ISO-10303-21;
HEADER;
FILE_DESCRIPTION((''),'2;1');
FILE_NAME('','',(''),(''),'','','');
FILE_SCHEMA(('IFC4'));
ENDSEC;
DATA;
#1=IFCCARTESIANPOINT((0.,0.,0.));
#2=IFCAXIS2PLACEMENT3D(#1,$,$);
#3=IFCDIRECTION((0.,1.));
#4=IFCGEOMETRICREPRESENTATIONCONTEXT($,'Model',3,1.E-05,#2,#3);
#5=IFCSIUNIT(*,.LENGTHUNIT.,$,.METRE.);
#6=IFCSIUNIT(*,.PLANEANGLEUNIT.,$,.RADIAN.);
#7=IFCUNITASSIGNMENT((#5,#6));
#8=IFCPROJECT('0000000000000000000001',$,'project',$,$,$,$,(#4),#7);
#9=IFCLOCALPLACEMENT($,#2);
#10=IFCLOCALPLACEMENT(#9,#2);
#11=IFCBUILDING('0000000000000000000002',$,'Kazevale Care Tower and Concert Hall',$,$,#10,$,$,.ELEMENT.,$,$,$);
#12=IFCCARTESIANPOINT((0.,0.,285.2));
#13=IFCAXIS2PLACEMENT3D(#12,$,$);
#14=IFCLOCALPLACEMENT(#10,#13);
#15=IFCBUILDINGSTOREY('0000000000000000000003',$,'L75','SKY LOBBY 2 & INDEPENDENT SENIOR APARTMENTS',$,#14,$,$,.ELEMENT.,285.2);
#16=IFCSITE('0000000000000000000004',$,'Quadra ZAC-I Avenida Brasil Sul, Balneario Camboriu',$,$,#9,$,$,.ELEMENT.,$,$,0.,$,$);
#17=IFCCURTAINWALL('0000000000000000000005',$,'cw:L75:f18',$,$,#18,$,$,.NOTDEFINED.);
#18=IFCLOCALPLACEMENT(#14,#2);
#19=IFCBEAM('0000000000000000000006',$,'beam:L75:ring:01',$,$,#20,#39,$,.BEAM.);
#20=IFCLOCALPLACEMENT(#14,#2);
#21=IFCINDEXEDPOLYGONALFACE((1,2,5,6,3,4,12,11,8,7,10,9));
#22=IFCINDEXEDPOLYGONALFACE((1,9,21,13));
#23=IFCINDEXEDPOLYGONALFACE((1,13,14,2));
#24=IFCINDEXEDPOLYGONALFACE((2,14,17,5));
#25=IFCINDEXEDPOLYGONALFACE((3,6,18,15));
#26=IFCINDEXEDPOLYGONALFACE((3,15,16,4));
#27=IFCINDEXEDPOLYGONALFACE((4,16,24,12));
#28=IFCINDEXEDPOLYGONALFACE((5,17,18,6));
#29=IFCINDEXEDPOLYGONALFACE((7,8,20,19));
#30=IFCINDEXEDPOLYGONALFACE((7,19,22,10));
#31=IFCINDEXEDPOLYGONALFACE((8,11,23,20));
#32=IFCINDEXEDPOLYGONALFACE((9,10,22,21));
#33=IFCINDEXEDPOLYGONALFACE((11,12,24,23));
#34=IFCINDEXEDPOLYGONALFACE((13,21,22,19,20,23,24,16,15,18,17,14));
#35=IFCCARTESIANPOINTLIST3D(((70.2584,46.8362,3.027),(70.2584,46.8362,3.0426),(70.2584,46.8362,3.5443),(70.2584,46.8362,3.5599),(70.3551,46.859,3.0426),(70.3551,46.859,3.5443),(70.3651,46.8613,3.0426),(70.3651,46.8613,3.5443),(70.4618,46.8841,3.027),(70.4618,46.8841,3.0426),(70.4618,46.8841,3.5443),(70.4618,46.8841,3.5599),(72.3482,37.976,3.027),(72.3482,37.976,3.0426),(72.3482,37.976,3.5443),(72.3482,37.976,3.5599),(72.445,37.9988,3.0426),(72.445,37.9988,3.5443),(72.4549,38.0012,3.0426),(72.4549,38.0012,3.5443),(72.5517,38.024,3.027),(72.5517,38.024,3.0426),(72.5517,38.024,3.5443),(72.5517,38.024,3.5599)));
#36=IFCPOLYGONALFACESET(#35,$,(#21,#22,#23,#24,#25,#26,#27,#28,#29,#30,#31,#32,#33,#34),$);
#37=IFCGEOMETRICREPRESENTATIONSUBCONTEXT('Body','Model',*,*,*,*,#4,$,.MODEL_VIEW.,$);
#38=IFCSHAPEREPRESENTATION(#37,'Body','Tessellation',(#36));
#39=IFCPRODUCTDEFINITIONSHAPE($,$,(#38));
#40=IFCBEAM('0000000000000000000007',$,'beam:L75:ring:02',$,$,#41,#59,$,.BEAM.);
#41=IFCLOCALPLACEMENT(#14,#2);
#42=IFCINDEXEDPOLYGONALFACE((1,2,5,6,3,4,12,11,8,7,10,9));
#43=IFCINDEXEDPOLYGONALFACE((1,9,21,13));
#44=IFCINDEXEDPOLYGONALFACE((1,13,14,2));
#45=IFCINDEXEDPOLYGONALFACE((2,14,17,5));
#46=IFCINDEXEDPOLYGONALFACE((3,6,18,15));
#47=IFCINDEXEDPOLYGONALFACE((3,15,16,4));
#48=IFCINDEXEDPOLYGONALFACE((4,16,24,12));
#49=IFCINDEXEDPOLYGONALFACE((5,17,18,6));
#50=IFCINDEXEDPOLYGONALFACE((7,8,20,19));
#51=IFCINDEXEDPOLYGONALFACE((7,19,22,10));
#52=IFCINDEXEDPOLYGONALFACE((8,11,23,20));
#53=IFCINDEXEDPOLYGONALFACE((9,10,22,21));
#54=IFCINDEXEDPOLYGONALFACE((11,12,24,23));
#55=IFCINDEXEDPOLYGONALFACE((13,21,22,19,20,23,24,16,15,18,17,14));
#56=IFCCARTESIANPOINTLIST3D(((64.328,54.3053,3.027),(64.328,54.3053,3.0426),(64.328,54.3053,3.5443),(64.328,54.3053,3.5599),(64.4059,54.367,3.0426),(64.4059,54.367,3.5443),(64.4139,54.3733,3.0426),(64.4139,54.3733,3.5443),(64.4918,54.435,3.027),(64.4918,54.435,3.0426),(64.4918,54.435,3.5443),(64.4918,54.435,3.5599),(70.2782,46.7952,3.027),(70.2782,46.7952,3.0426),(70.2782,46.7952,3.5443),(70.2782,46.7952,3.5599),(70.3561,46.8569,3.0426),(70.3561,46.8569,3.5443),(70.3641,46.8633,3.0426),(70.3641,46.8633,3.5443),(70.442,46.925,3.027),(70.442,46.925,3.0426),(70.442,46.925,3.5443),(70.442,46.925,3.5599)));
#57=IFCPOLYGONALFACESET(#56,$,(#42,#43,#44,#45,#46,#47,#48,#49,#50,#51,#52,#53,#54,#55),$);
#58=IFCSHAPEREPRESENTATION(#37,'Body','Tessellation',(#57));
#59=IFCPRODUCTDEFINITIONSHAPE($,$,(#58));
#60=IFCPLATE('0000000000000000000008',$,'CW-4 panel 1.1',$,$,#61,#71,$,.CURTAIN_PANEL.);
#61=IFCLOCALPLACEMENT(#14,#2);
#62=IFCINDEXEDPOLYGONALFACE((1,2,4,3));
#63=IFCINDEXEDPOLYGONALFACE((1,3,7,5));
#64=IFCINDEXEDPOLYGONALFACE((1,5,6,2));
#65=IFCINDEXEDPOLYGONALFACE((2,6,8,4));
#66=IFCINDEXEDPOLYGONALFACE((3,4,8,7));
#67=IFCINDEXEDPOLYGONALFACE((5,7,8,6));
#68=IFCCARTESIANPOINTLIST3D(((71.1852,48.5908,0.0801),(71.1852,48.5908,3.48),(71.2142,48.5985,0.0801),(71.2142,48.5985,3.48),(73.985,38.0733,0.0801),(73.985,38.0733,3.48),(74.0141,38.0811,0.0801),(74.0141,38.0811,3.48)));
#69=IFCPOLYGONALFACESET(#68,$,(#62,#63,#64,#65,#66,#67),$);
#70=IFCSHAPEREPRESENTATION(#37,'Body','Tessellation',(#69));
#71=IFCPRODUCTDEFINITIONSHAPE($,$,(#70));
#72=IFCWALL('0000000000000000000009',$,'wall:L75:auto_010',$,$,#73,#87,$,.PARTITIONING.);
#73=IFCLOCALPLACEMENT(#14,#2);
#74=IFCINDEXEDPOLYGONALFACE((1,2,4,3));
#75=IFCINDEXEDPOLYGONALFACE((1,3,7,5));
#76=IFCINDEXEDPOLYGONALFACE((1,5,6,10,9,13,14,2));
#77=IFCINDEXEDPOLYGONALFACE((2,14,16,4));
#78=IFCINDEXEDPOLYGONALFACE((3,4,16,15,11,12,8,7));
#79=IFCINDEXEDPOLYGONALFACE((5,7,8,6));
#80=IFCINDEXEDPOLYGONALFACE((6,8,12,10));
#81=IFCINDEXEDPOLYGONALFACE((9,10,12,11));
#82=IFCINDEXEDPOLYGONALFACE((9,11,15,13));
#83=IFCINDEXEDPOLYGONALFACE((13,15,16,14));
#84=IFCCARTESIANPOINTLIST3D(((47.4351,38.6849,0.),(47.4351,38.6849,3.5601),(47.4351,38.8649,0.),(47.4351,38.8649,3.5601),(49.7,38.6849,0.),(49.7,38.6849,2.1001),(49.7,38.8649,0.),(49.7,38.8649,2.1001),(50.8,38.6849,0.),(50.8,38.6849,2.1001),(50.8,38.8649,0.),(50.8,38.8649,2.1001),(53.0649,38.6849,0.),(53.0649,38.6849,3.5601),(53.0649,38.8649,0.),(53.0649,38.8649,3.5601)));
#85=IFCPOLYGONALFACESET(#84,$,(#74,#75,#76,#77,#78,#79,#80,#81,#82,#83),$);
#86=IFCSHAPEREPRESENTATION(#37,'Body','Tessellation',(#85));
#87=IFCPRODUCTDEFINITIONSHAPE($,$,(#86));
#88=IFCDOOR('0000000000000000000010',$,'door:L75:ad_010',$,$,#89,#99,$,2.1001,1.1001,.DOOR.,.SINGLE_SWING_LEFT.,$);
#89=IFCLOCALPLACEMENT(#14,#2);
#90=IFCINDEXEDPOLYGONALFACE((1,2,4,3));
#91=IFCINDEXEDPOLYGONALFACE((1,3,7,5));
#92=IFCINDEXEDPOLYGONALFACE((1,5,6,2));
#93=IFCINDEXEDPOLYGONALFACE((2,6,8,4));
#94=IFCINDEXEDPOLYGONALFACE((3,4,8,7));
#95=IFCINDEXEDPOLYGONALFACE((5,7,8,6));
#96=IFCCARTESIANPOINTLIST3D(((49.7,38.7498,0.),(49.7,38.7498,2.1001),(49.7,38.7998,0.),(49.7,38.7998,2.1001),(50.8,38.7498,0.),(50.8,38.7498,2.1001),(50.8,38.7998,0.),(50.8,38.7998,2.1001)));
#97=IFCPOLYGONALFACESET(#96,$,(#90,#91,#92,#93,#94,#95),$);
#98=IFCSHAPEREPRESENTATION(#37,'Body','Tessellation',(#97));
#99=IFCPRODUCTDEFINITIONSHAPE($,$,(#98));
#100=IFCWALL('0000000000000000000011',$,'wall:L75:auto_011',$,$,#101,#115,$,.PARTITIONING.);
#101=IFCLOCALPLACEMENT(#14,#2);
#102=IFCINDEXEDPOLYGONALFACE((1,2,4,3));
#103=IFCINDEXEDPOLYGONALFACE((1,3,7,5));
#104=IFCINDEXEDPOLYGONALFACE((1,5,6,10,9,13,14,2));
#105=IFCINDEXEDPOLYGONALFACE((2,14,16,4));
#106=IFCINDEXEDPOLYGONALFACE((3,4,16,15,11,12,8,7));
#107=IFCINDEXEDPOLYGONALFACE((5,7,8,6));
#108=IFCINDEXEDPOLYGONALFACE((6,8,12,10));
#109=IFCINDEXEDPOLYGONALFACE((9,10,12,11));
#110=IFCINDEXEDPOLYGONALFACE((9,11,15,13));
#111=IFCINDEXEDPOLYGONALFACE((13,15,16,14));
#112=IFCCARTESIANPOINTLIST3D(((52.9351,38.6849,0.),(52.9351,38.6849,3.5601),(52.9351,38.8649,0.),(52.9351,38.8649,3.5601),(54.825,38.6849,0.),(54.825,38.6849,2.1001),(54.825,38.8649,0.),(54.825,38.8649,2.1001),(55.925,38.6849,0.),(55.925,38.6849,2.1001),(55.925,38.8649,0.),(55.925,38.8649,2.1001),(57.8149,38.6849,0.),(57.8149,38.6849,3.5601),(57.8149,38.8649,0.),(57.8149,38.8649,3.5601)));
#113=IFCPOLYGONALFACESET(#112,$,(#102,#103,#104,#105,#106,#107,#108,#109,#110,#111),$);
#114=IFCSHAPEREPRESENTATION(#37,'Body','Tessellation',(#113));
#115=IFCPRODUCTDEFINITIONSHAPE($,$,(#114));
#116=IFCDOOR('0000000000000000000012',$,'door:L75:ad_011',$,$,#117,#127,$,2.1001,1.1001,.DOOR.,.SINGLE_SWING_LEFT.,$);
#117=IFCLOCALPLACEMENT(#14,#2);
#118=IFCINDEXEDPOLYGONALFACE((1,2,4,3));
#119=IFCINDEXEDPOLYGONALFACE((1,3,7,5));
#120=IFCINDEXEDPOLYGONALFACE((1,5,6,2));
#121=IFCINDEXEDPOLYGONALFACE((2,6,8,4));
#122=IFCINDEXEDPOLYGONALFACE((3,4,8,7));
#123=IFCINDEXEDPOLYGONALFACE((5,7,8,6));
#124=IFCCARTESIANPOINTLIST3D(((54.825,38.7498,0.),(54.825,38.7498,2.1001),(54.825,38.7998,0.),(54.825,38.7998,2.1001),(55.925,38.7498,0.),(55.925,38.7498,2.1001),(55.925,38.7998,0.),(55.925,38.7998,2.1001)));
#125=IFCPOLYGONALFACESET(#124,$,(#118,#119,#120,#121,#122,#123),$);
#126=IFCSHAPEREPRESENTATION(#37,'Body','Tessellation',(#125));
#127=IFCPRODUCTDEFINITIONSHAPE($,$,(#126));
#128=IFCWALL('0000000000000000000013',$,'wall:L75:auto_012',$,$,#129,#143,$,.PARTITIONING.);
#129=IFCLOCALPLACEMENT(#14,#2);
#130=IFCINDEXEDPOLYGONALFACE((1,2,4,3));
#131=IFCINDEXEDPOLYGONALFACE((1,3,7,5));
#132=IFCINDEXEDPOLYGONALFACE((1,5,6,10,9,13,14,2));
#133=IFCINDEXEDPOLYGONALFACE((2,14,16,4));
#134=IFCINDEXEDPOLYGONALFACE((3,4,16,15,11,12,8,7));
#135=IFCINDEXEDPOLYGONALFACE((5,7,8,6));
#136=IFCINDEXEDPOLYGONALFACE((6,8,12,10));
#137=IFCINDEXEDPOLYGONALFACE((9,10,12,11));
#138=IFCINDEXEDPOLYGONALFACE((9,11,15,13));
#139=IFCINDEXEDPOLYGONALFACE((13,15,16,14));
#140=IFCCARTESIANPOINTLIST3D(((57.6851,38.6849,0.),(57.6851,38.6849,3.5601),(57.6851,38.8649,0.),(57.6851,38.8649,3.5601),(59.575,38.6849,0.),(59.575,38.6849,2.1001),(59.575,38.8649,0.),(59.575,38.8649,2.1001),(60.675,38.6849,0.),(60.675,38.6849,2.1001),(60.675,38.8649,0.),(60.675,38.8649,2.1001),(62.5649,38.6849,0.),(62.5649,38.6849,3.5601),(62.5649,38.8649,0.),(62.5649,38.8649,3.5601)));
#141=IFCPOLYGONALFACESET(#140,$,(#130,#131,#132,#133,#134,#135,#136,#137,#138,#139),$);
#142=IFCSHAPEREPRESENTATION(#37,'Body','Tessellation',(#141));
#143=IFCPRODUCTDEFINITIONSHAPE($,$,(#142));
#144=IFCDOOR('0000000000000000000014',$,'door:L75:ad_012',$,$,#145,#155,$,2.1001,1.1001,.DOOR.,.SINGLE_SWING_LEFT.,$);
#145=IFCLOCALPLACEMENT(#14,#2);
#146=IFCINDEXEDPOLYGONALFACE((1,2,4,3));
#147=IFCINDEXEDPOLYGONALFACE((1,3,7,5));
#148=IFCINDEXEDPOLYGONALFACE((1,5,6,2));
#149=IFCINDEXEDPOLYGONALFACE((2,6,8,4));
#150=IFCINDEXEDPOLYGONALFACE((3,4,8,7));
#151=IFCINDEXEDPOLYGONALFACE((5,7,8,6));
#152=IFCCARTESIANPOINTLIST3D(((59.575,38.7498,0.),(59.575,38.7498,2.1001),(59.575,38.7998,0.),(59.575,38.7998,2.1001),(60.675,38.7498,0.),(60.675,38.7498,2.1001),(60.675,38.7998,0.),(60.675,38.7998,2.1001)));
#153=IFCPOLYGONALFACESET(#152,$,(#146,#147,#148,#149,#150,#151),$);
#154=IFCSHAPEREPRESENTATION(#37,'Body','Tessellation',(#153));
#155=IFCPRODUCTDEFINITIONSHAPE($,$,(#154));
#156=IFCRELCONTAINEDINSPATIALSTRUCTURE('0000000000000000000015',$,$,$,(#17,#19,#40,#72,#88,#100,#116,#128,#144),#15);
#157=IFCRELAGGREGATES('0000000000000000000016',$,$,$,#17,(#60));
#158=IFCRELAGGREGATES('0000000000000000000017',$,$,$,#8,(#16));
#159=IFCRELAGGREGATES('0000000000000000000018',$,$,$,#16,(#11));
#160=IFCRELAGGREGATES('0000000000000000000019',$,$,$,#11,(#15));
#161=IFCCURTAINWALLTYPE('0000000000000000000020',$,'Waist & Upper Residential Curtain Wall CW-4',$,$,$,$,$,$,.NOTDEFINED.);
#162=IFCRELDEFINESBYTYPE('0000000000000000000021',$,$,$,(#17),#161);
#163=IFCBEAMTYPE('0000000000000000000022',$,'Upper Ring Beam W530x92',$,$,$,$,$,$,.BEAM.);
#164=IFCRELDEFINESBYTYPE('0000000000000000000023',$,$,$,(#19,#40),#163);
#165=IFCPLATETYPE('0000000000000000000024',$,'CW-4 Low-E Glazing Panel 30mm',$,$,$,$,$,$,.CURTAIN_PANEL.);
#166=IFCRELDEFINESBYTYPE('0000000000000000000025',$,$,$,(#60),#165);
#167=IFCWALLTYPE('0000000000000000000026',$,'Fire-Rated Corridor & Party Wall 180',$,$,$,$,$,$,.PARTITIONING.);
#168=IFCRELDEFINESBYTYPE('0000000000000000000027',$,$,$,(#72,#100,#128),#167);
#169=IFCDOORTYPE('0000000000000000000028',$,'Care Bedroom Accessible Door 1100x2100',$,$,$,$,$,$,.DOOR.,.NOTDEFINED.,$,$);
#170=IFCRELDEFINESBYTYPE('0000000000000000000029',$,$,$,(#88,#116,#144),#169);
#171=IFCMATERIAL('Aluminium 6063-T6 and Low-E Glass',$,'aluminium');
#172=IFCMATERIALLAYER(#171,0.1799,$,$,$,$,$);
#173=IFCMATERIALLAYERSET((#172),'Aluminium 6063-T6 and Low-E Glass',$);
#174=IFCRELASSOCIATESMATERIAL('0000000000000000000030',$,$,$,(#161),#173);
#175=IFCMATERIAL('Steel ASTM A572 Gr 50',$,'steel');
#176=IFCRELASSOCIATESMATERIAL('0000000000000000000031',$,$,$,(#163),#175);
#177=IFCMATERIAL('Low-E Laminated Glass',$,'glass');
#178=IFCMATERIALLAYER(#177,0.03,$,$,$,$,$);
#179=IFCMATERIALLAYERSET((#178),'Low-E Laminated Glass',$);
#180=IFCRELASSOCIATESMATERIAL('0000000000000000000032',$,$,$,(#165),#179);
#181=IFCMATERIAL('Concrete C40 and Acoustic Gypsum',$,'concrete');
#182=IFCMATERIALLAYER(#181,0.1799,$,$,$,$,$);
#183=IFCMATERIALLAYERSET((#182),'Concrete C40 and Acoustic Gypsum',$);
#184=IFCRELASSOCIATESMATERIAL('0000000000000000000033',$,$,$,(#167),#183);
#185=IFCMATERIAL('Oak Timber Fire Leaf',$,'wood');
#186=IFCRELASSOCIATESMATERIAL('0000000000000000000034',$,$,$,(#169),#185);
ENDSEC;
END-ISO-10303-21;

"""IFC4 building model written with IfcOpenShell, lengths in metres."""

from ifc_helpers import new_model, si_unit, direction, frame, frame_2d, origin, origin_2d, place, context, subcontext, project, spatial, rectangle, i_section, extrude, material, layer, layer_set, material_profile, profile_set, type_object, element, fill, aggregate, save


model = new_model("IFC4")

# Units and contexts
model_context = context("Model", 3, precision=1e-05, world=origin(), true_north=direction((0.0, 1.0)))
body_context = subcontext(model_context, "Body", "Model", "MODEL_VIEW")
ifc_project = project(units=[si_unit("LENGTHUNIT", "METRE"), si_unit("PLANEANGLEUNIT", "RADIAN")], contexts=[model_context])

# Site, building, storey
site_placement = place(None, origin())
site = spatial("IfcSite", under=ifc_project, at=site_placement, Name="Quadra ZAC-I Avenida Brasil Sul, Balneario Camboriu", CompositionType="ELEMENT", RefElevation=0.0)
building_placement = place(site_placement, origin())
building = spatial("IfcBuilding", under=site, at=building_placement, Name="Kazevale Care Tower and Concert Hall", CompositionType="ELEMENT")
storey_placement = place(building_placement, frame((0.0, 0.0, 285.2)))
storey = spatial("IfcBuildingStorey", under=building, at=storey_placement, Name="L75", Description="SKY LOBBY 2 & INDEPENDENT SENIOR APARTMENTS", CompositionType="ELEMENT", Elevation=285.2)

# Curtain wall
ifc_material_1 = material(Name="Aluminium 6063-T6 and Low-E Glass", Category="aluminium")
ifc_layer_1 = layer(ifc_material_1, 0.1799)
ifc_layer_set_1 = layer_set([ifc_layer_1], Name="Aluminium 6063-T6 and Low-E Glass")
curtain_wall_type = type_object("IfcCurtainWallType", Name="Waist & Upper Residential Curtain Wall CW-4", PredefinedType="NOTDEFINED", material=ifc_layer_set_1)
curtain_wall_placement = place(storey_placement, origin())
curtain_wall = element("IfcCurtainWall", 1, at=curtain_wall_placement, inside=storey, type_object=curtain_wall_type, Name="cw:L75:f18", PredefinedType="NOTDEFINED")

# Beams
ifc_material_2 = material(Name="Steel ASTM A572 Gr 50", Category="steel")
ifc_material_profile_1 = material_profile(ifc_material_2, i_section(OverallWidth=0.209, OverallDepth=0.533, WebThickness=0.0103, FlangeThickness=0.0156, at=origin_2d()), Name="W530x92")
ifc_profile_set_1 = profile_set([ifc_material_profile_1], Name="Steel ASTM A572 Gr 50")
beam_type_1 = type_object("IfcBeamType", Name="Upper Ring Beam W530x92", PredefinedType="BEAM", material=ifc_profile_set_1)
beam_1_placement = place(storey_placement, frame((72.45, 38.0, 3.2935), z_axis=(-0.229571, 0.973292, 0.0), x_axis=(-0.973292, -0.229571, 0.0)))
element("IfcBeam", 2, at=beam_1_placement, inside=storey, type_object=beam_type_1, Name="beam:L75:ring:01", PredefinedType="BEAM", context=body_context, shape_type="SweptSolid", body=[
    extrude(i_section(OverallWidth=0.209, OverallDepth=0.533, WebThickness=0.0103, FlangeThickness=0.0156, at=origin_2d()), origin(), (0.0, 0.0, 1.0), 9.1033),
])
beam_2_placement = place(storey_placement, frame((70.3601, 46.8601, 3.2935), z_axis=(-0.621009, 0.783803, 0.0), x_axis=(-0.783803, -0.621009, 0.0)))
element("IfcBeam", 3, at=beam_2_placement, inside=storey, type_object=beam_type_1, Name="beam:L75:ring:02", PredefinedType="BEAM", context=body_context, shape_type="SweptSolid", body=[
    extrude(i_section(OverallWidth=0.209, OverallDepth=0.533, WebThickness=0.0103, FlangeThickness=0.0156, at=origin_2d()), origin(), (0.0, 0.0, 1.0), 9.5815),
])

# Plate
ifc_material_3 = material(Name="Low-E Laminated Glass", Category="glass")
ifc_layer_2 = layer(ifc_material_3, 0.03)
ifc_layer_set_2 = layer_set([ifc_layer_2], Name="Low-E Laminated Glass")
plate_type = type_object("IfcPlateType", Name="CW-4 Low-E Glazing Panel 30mm", PredefinedType="CURTAIN_PANEL", material=ifc_layer_set_2)
plate_placement = place(storey_placement, frame((72.5996, 43.3359, 0.0801), z_axis=(0.0, 0.0, 1.0), x_axis=(0.257251, -0.966345, 0.0)))
plate = element("IfcPlate", 4, at=plate_placement, type_object=plate_type, Name="CW-4 panel 1.1", PredefinedType="CURTAIN_PANEL", context=body_context, shape_type="SweptSolid", body=[
    extrude(rectangle(XDim=10.8838, YDim=0.03, at=origin_2d()), origin(), (0.0, 0.0, 1.0), 3.3999),
])
aggregate(curtain_wall, [plate])

# Walls, openings, doors
ifc_material_4 = material(Name="Concrete C40 and Acoustic Gypsum", Category="concrete")
ifc_layer_3 = layer(ifc_material_4, 0.1799)
ifc_layer_set_3 = layer_set([ifc_layer_3], Name="Concrete C40 and Acoustic Gypsum")
wall_type_1 = type_object("IfcWallType", Name="Fire-Rated Corridor & Party Wall 180", PredefinedType="PARTITIONING", material=ifc_layer_set_3)
wall_1_placement = place(storey_placement, frame((47.4351, 38.7749, 0.0), z_axis=(0.0, 0.0, 1.0), x_axis=(1.0, 0.0, 0.0)))
wall_1 = element("IfcWall", 5, at=wall_1_placement, inside=storey, type_object=wall_type_1, Name="wall:L75:auto_010", PredefinedType="PARTITIONING", context=body_context, shape_type="SweptSolid", body=[
    extrude(rectangle(XDim=5.6299, YDim=0.1799, at=frame_2d((2.8149, 0.0))), origin(), (0.0, 0.0, 1.0), 3.5601),
])
opening_1_placement = place(wall_1_placement, frame((2.2649, 0.0, 0.0)))
opening_1 = element("IfcOpeningElement", 6, at=opening_1_placement, cuts=wall_1, PredefinedType="OPENING", context=body_context, shape_type="SweptSolid", body=[
    extrude(rectangle(XDim=1.1001, YDim=2.1001, at=frame_2d((0.55, 1.05))), frame((0.0, 0.0999, 0.0), z_axis=(0.0, -1.0, 0.0), x_axis=(1.0, 0.0, 0.0)), (0.0, 0.0, 1.0), 0.2),
])
ifc_material_5 = material(Name="Oak Timber Fire Leaf", Category="wood")
door_type = type_object("IfcDoorType", Name="Care Bedroom Accessible Door 1100x2100", OperationType="NOTDEFINED", PredefinedType="DOOR", material=ifc_material_5)
door_1_placement = place(opening_1_placement, origin())
door_1 = element("IfcDoor", 7, at=door_1_placement, inside=storey, type_object=door_type, Name="door:L75:ad_010", OperationType="SINGLE_SWING_LEFT", OverallHeight=2.1001, OverallWidth=1.1001, PredefinedType="DOOR", context=body_context, shape_type="SweptSolid", body=[
    extrude(rectangle(XDim=1.1001, YDim=2.1001, at=frame_2d((0.55, 1.05))), frame((0.0, 0.0249, 0.0), z_axis=(0.0, -1.0, 0.0), x_axis=(1.0, 0.0, 0.0)), (0.0, 0.0, 1.0), 0.05),
])
fill(opening_1, door_1)
wall_2_placement = place(storey_placement, frame((52.9351, 38.7749, 0.0), z_axis=(0.0, 0.0, 1.0), x_axis=(1.0, 0.0, 0.0)))
wall_2 = element("IfcWall", 8, at=wall_2_placement, inside=storey, type_object=wall_type_1, Name="wall:L75:auto_011", PredefinedType="PARTITIONING", context=body_context, shape_type="SweptSolid", body=[
    extrude(rectangle(XDim=4.8799, YDim=0.1799, at=frame_2d((2.4399, 0.0))), origin(), (0.0, 0.0, 1.0), 3.5601),
])
opening_2_placement = place(wall_2_placement, frame((1.8899, 0.0, 0.0)))
opening_2 = element("IfcOpeningElement", 9, at=opening_2_placement, cuts=wall_2, PredefinedType="OPENING", context=body_context, shape_type="SweptSolid", body=[
    extrude(rectangle(XDim=1.1001, YDim=2.1001, at=frame_2d((0.55, 1.05))), frame((0.0, 0.0999, 0.0), z_axis=(0.0, -1.0, 0.0), x_axis=(1.0, 0.0, 0.0)), (0.0, 0.0, 1.0), 0.2),
])
door_2_placement = place(opening_2_placement, origin())
door_2 = element("IfcDoor", 10, at=door_2_placement, inside=storey, type_object=door_type, Name="door:L75:ad_011", OperationType="SINGLE_SWING_LEFT", OverallHeight=2.1001, OverallWidth=1.1001, PredefinedType="DOOR", context=body_context, shape_type="SweptSolid", body=[
    extrude(rectangle(XDim=1.1001, YDim=2.1001, at=frame_2d((0.55, 1.05))), frame((0.0, 0.0249, 0.0), z_axis=(0.0, -1.0, 0.0), x_axis=(1.0, 0.0, 0.0)), (0.0, 0.0, 1.0), 0.05),
])
fill(opening_2, door_2)
wall_3_placement = place(storey_placement, frame((57.6851, 38.7749, 0.0), z_axis=(0.0, 0.0, 1.0), x_axis=(1.0, 0.0, 0.0)))
wall_3 = element("IfcWall", 11, at=wall_3_placement, inside=storey, type_object=wall_type_1, Name="wall:L75:auto_012", PredefinedType="PARTITIONING", context=body_context, shape_type="SweptSolid", body=[
    extrude(rectangle(XDim=4.8799, YDim=0.1799, at=frame_2d((2.4399, 0.0))), origin(), (0.0, 0.0, 1.0), 3.5601),
])
opening_3_placement = place(wall_3_placement, frame((1.8899, 0.0, 0.0)))
opening_3 = element("IfcOpeningElement", 12, at=opening_3_placement, cuts=wall_3, PredefinedType="OPENING", context=body_context, shape_type="SweptSolid", body=[
    extrude(rectangle(XDim=1.1001, YDim=2.1001, at=frame_2d((0.55, 1.05))), frame((0.0, 0.0999, 0.0), z_axis=(0.0, -1.0, 0.0), x_axis=(1.0, 0.0, 0.0)), (0.0, 0.0, 1.0), 0.2),
])
door_3_placement = place(opening_3_placement, origin())
door_3 = element("IfcDoor", 13, at=door_3_placement, inside=storey, type_object=door_type, Name="door:L75:ad_012", OperationType="SINGLE_SWING_LEFT", OverallHeight=2.1001, OverallWidth=1.1001, PredefinedType="DOOR", context=body_context, shape_type="SweptSolid", body=[
    extrude(rectangle(XDim=1.1001, YDim=2.1001, at=frame_2d((0.55, 1.05))), frame((0.0, 0.0249, 0.0), z_axis=(0.0, -1.0, 0.0), x_axis=(1.0, 0.0, 0.0)), (0.0, 0.0, 1.0), 0.05),
])
fill(opening_3, door_3)

save(model, "model.ifc")
